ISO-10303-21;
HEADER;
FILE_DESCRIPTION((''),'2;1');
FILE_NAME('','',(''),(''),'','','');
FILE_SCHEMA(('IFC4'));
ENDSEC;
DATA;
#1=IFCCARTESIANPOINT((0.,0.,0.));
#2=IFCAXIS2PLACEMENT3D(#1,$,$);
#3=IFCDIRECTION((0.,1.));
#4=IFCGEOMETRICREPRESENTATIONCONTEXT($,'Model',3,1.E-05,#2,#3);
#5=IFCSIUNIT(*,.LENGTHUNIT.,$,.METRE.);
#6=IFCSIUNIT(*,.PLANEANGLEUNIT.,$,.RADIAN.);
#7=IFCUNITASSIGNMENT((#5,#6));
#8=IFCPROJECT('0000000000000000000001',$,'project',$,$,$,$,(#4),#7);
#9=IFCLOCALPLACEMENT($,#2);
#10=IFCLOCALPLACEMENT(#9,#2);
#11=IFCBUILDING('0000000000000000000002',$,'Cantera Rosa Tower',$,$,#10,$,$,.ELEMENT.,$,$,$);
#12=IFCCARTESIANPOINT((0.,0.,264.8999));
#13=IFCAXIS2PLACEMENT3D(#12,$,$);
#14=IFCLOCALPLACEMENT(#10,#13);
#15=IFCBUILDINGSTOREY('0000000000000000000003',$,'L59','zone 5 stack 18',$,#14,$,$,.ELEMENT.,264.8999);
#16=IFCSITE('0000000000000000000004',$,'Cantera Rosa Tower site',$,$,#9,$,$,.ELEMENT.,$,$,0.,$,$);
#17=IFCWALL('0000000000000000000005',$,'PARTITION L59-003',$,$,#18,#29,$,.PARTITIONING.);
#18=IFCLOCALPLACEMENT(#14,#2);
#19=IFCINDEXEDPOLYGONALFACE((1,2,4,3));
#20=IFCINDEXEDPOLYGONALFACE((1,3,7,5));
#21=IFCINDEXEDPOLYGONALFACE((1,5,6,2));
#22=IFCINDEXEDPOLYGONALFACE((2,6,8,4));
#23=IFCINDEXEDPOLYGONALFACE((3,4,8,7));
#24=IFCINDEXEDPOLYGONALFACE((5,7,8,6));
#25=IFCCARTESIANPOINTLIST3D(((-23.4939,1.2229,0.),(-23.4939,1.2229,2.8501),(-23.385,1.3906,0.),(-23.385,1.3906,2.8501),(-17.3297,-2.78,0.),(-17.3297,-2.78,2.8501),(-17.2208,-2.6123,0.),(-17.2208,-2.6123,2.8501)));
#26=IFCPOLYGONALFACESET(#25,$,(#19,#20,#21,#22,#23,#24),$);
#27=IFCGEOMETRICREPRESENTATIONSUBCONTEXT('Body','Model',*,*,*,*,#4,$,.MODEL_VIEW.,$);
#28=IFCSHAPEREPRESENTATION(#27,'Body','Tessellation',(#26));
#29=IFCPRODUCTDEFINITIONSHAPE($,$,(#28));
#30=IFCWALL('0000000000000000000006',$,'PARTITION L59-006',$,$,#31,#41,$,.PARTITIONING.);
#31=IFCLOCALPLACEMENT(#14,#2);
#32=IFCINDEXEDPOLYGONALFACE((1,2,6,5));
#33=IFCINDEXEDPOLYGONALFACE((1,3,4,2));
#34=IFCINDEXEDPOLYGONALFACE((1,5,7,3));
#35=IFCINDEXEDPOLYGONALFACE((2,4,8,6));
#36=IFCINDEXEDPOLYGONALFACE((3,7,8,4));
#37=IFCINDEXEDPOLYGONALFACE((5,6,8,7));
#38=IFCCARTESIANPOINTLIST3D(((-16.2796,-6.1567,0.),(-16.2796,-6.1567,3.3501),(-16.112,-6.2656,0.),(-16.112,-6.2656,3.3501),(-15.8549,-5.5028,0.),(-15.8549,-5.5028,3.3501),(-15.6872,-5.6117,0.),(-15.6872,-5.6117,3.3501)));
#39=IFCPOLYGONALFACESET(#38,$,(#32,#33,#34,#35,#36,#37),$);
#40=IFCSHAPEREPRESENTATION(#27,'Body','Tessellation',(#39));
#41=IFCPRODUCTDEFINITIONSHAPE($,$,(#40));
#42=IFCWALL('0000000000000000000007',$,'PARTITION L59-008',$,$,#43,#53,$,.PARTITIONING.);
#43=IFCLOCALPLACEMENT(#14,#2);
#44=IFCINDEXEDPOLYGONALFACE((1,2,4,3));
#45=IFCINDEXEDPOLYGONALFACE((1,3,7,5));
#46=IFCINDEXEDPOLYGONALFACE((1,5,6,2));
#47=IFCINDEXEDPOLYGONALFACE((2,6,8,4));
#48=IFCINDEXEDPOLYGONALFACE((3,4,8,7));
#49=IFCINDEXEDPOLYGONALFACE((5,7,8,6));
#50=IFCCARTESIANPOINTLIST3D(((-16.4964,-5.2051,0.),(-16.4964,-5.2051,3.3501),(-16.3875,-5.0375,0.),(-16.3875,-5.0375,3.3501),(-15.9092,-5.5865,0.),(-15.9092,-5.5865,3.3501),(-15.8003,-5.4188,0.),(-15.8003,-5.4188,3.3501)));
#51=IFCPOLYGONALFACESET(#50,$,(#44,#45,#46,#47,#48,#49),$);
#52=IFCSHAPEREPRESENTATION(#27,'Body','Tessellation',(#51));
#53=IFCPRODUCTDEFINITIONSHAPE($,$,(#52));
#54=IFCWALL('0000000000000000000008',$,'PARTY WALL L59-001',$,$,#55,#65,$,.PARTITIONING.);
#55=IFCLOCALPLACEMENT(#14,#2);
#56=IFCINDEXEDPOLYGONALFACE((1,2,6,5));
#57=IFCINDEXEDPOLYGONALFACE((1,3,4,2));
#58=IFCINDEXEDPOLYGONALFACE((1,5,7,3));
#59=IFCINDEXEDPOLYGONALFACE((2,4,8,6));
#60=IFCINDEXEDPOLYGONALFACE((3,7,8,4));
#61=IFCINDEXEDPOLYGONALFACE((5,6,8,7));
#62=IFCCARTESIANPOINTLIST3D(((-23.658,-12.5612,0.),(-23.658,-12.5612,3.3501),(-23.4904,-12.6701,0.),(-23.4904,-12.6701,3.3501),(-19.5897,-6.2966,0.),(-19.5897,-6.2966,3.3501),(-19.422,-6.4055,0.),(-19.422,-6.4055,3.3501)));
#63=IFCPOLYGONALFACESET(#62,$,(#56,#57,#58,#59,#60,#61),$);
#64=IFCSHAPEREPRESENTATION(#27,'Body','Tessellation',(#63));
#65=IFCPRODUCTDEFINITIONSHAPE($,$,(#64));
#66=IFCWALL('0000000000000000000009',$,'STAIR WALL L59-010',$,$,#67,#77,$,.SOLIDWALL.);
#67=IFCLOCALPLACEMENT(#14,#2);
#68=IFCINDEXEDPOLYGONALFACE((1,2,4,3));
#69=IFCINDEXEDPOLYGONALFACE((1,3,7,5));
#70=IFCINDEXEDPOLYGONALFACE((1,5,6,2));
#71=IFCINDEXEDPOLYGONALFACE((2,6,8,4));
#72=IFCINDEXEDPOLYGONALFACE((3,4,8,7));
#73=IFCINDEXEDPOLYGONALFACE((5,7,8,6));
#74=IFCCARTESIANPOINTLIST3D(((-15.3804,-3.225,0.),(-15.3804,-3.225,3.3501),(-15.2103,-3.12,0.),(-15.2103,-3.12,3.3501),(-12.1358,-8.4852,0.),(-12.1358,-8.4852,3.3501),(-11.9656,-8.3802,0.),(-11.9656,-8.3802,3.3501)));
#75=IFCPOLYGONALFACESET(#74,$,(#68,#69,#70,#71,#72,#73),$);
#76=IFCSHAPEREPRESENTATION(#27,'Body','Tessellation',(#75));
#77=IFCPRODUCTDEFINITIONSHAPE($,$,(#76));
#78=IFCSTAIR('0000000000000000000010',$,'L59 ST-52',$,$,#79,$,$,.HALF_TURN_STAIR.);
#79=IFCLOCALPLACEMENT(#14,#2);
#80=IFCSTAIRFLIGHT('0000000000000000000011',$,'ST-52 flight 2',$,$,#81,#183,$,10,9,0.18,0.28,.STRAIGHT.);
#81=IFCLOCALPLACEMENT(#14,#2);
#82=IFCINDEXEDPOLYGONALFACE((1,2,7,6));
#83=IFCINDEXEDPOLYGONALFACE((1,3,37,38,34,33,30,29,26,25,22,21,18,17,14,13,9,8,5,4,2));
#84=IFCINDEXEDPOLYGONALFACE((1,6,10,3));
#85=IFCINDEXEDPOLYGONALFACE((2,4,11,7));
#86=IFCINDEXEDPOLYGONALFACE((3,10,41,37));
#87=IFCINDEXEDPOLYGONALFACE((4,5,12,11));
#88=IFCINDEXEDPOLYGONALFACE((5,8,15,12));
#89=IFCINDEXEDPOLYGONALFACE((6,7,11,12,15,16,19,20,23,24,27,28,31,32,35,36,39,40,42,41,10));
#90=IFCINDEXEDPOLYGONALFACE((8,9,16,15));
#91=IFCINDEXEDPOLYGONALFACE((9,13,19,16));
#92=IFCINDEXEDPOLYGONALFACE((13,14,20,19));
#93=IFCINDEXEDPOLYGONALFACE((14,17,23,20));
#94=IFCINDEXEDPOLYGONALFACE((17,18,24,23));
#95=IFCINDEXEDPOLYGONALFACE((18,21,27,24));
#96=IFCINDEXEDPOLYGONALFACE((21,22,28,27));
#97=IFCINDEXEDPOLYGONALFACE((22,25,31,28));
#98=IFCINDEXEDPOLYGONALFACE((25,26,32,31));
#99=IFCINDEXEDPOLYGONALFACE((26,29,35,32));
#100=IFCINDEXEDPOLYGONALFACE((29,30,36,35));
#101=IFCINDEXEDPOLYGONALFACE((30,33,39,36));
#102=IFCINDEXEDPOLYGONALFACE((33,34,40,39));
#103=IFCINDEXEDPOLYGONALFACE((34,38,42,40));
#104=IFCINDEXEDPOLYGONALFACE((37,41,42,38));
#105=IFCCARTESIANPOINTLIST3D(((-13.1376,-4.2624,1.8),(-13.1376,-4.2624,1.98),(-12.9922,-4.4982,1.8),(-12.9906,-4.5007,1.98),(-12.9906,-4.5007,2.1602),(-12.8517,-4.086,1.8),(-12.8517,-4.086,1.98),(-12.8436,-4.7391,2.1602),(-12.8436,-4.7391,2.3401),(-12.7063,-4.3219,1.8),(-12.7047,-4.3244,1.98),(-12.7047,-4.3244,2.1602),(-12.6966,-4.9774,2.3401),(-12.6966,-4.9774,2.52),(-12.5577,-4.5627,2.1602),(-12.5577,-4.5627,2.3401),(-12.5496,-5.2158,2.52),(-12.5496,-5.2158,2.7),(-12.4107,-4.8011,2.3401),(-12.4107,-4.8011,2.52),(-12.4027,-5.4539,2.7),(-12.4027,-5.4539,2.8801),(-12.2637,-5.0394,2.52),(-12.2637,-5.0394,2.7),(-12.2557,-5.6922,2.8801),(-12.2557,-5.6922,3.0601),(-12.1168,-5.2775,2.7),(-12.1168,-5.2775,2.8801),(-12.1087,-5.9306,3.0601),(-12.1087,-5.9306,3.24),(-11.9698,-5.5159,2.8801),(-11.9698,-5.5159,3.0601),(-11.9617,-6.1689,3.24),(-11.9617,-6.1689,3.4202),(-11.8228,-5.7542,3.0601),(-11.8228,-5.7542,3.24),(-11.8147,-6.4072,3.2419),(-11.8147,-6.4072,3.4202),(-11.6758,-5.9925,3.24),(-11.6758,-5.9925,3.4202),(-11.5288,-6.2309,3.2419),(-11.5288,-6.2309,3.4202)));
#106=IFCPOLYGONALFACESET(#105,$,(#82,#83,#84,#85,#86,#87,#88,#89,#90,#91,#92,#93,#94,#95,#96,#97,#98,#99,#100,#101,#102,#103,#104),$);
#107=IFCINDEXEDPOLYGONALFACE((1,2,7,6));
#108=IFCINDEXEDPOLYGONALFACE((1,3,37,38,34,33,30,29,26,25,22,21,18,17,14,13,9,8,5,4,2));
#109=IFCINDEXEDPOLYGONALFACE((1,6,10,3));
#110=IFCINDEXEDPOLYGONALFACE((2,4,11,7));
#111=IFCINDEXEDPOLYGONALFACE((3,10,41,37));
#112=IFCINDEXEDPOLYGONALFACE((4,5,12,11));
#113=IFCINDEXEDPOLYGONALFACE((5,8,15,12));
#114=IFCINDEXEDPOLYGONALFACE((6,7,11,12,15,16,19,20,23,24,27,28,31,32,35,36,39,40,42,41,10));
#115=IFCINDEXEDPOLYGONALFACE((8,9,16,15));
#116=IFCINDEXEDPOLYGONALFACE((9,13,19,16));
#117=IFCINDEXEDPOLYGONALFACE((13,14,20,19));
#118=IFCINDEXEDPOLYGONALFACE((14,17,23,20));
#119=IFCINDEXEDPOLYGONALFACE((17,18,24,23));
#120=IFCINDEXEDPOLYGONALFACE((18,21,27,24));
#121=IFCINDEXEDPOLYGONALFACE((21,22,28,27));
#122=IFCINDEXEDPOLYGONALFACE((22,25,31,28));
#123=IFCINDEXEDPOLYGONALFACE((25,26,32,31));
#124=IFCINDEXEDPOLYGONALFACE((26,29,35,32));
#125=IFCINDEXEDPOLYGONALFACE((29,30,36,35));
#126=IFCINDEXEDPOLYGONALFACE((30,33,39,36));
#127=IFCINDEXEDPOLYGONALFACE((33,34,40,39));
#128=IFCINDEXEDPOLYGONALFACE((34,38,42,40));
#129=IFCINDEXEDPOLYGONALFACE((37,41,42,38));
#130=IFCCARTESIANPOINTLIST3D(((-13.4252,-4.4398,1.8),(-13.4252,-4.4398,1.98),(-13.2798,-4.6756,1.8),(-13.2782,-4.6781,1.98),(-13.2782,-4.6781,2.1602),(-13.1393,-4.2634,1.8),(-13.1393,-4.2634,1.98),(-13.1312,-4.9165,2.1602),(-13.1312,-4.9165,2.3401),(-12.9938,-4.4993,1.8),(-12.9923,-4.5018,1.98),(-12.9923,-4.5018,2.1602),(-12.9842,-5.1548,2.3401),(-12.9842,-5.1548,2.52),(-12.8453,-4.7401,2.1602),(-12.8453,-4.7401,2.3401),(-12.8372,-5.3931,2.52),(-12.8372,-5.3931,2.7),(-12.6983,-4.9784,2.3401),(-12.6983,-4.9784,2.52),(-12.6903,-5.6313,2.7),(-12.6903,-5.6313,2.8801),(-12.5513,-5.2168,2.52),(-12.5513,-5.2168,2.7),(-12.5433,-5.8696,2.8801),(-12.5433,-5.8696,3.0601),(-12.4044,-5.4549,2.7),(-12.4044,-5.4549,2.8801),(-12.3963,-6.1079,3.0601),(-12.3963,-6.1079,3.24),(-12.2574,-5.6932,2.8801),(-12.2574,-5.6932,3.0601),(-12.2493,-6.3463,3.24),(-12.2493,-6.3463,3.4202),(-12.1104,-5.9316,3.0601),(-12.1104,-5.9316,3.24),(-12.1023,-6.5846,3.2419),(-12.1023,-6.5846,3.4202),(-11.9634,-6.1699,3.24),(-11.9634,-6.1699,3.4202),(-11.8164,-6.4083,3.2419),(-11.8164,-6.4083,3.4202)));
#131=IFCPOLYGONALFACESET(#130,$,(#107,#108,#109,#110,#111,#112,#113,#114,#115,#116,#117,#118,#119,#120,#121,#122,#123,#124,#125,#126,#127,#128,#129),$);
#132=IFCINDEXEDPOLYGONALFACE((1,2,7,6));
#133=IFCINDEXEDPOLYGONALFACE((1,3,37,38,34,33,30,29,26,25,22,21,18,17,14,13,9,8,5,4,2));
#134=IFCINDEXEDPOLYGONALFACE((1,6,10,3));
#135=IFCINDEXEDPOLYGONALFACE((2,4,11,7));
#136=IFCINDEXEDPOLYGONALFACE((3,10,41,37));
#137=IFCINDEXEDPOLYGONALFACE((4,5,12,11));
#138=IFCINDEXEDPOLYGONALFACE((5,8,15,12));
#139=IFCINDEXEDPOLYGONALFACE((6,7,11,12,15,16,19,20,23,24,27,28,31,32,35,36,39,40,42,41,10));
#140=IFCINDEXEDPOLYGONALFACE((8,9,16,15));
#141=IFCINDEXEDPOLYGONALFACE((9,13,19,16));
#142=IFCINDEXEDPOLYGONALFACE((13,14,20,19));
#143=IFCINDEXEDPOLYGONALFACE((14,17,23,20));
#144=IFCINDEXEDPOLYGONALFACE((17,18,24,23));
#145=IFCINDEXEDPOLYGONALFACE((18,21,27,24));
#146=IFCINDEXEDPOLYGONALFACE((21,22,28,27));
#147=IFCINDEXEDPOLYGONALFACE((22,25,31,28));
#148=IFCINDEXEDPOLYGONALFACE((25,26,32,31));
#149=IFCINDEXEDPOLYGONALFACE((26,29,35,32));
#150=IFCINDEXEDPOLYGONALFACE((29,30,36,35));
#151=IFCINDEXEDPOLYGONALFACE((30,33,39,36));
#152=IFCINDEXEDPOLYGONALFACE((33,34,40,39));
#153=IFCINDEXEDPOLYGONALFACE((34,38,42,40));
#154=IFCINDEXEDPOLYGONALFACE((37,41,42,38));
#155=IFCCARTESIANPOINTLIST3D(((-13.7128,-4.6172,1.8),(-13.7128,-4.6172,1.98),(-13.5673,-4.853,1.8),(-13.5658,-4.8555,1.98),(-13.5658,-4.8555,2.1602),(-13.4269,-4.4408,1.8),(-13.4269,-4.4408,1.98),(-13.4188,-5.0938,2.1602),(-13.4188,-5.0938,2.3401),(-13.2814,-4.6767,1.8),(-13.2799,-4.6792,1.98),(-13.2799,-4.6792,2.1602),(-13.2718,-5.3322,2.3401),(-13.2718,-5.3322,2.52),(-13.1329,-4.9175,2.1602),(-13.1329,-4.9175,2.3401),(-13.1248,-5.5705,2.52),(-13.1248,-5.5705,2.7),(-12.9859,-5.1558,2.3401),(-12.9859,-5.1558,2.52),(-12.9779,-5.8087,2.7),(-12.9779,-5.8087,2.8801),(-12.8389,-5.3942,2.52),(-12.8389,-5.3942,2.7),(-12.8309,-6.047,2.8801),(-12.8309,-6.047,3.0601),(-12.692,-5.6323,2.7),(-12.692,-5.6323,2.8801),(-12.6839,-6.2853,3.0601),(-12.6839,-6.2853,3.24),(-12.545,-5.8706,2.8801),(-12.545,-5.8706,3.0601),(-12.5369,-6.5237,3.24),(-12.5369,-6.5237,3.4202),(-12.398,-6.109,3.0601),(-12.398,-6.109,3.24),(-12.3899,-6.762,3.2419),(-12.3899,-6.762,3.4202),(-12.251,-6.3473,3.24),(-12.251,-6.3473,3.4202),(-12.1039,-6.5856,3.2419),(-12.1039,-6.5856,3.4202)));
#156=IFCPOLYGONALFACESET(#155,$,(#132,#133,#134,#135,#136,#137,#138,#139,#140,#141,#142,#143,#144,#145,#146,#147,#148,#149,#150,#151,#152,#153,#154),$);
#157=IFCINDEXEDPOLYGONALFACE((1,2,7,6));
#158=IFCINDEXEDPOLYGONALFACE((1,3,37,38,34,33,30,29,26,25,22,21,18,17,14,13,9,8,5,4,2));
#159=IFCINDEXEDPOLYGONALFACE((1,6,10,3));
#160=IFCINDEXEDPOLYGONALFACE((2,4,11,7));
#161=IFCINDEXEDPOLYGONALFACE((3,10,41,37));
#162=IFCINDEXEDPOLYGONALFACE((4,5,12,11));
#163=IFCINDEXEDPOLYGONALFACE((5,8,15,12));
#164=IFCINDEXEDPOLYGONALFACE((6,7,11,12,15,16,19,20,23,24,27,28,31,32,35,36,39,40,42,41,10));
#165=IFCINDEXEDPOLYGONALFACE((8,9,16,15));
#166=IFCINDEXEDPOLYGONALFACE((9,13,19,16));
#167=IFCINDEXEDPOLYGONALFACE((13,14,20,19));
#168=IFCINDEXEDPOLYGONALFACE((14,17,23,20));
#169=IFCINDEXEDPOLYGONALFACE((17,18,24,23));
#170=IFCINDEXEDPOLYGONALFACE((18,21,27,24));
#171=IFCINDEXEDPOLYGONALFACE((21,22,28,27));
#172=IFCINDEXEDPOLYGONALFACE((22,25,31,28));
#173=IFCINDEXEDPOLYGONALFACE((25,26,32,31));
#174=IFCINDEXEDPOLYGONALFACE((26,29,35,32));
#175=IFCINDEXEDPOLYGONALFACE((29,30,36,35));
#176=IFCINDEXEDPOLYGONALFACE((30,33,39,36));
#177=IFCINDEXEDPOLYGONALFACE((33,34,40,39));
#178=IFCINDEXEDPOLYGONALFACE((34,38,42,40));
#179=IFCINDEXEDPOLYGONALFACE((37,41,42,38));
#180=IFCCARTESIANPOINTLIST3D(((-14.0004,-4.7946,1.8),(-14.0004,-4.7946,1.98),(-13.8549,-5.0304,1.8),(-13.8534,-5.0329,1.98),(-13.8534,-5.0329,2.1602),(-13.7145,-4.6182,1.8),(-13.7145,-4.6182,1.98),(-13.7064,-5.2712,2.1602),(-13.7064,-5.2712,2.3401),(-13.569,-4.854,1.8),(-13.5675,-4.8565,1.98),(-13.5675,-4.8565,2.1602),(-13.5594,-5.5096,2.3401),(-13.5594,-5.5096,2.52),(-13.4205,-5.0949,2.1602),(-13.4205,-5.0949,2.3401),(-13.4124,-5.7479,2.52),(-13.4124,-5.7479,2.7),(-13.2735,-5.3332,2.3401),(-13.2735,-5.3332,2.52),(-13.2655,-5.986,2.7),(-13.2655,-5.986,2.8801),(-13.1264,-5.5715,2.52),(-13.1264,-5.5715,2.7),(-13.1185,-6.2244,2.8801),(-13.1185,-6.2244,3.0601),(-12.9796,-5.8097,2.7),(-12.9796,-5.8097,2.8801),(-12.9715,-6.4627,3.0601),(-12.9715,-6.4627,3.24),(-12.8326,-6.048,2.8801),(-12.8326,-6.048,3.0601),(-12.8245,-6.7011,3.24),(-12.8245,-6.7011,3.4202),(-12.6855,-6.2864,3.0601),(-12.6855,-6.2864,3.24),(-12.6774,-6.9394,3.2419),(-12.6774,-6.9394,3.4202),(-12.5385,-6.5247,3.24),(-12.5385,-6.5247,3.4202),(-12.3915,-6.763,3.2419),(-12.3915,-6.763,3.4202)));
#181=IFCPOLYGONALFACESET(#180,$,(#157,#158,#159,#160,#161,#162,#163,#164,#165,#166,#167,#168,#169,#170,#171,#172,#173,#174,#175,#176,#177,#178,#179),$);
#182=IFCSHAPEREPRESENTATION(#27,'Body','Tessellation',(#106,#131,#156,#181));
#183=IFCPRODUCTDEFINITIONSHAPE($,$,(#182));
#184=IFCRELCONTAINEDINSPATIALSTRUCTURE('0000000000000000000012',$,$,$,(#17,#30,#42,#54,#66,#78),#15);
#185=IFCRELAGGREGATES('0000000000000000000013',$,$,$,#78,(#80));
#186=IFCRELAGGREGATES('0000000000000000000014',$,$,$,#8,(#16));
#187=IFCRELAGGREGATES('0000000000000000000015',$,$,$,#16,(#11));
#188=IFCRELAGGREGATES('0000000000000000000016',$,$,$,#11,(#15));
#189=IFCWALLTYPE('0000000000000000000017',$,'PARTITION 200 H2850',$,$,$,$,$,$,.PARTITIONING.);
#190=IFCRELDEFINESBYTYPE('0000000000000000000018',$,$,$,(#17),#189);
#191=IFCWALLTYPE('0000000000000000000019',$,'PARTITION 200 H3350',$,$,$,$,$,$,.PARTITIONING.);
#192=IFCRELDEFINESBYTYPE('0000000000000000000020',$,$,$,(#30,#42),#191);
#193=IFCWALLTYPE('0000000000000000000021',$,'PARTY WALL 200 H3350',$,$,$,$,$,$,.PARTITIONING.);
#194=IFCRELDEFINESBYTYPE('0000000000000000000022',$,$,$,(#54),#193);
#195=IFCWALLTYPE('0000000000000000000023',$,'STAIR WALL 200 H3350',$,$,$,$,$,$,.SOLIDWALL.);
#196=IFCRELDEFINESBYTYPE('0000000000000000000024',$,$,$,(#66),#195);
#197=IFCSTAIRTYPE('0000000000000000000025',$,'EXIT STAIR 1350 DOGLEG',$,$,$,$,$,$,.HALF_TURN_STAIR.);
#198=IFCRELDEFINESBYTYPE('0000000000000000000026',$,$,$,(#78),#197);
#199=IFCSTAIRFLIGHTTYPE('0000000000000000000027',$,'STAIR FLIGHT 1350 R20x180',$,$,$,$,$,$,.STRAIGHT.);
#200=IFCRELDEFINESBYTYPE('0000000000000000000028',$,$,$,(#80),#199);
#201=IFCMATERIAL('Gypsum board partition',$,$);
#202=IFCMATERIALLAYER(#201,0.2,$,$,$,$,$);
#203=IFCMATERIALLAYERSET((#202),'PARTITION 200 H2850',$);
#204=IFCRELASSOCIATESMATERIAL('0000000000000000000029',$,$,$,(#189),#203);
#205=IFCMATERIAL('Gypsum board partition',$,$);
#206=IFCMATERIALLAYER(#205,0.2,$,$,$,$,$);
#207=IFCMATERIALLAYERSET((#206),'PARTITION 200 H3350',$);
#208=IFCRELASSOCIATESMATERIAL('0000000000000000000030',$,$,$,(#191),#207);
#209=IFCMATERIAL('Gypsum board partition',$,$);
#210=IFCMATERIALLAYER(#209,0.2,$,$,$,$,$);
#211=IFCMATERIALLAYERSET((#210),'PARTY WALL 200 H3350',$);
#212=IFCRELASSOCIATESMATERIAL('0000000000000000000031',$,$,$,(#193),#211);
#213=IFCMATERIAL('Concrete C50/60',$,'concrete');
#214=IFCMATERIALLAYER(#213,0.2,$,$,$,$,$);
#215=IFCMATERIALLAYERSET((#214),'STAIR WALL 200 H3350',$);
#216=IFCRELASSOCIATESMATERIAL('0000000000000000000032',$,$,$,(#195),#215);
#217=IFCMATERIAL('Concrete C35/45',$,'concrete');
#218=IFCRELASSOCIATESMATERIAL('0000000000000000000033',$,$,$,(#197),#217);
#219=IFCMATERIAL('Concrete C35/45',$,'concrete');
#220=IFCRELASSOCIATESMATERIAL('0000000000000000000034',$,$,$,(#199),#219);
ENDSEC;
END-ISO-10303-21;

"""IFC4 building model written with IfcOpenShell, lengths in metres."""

from ifc_helpers import new_model, si_unit, direction, frame, frame_2d, origin, place, context, subcontext, project, spatial, polyline, rectangle, outline, extrude, material, layer, layer_set, type_object, element, aggregate, save


model = new_model("IFC4")

# Units and contexts
model_context = context("Model", 3, precision=1e-05, world=origin(), true_north=direction((0.0, 1.0)))
body_context = subcontext(model_context, "Body", "Model", "MODEL_VIEW")
ifc_project = project(units=[si_unit("LENGTHUNIT", "METRE"), si_unit("PLANEANGLEUNIT", "RADIAN")], contexts=[model_context])

# Site, building, storey
site_placement = place(None, origin())
site = spatial("IfcSite", under=ifc_project, at=site_placement, Name="Cantera Rosa Tower site", CompositionType="ELEMENT", RefElevation=0.0)
building_placement = place(site_placement, origin())
building = spatial("IfcBuilding", under=site, at=building_placement, Name="Cantera Rosa Tower", CompositionType="ELEMENT")
storey_placement = place(building_placement, frame((0.0, 0.0, 264.8999)))
storey = spatial("IfcBuildingStorey", under=building, at=storey_placement, Name="L59", Description="zone 5 stack 18", CompositionType="ELEMENT", Elevation=264.8999)

# Walls
ifc_material_1 = material(Name="Gypsum board partition")
ifc_layer_1 = layer(ifc_material_1, 0.2)
ifc_layer_set_1 = layer_set([ifc_layer_1], Name="PARTITION 200 H2850")
wall_type_1 = type_object("IfcWallType", Name="PARTITION 200 H2850", PredefinedType="PARTITIONING", material=ifc_layer_set_1)
wall_1_placement = place(storey_placement, frame((-17.2754, -2.696, 0.0), z_axis=(0.0, 0.0, 1.0), x_axis=(-0.838684, 0.544618, 0.0)))
element("IfcWall", 1, at=wall_1_placement, inside=storey, type_object=wall_type_1, Name="PARTITION L59-003", PredefinedType="PARTITIONING", context=body_context, shape_type="SweptSolid", body=[
    extrude(rectangle(XDim=7.3499, YDim=0.2, at=frame_2d((3.6748, 0.0))), origin(), (0.0, 0.0, 1.0), 2.8501),
])
ifc_material_2 = material(Name="Gypsum board partition")
ifc_layer_2 = layer(ifc_material_2, 0.2)
ifc_layer_set_2 = layer_set([ifc_layer_2], Name="PARTITION 200 H3350")
wall_type_2 = type_object("IfcWallType", Name="PARTITION 200 H3350", PredefinedType="PARTITIONING", material=ifc_layer_set_2)
wall_2_placement = place(storey_placement, frame((-16.1958, -6.2112, 0.0), z_axis=(0.0, 0.0, 1.0), x_axis=(0.544691, 0.838637, 0.0)))
element("IfcWall", 2, at=wall_2_placement, inside=storey, type_object=wall_type_2, Name="PARTITION L59-006", PredefinedType="PARTITIONING", context=body_context, shape_type="SweptSolid", body=[
    extrude(rectangle(XDim=0.7798, YDim=0.2, at=frame_2d((0.3899, 0.0))), origin(), (0.0, 0.0, 1.0), 3.3501),
])
wall_3_placement = place(storey_placement, frame((-15.8547, -5.5027, 0.0), z_axis=(0.0, 0.0, 1.0), x_axis=(-0.838643, 0.544682, 0.0)))
element("IfcWall", 3, at=wall_3_placement, inside=storey, type_object=wall_type_2, Name="PARTITION L59-008", PredefinedType="PARTITIONING", context=body_context, shape_type="SweptSolid", body=[
    extrude(rectangle(XDim=0.7002, YDim=0.2, at=frame_2d((0.3501, 0.0))), origin(), (0.0, 0.0, 1.0), 3.3501),
])
ifc_material_3 = material(Name="Gypsum board partition")
ifc_layer_3 = layer(ifc_material_3, 0.2)
ifc_layer_set_3 = layer_set([ifc_layer_3], Name="PARTY WALL 200 H3350")
wall_type_3 = type_object("IfcWallType", Name="PARTY WALL 200 H3350", PredefinedType="PARTITIONING", material=ifc_layer_set_3)
wall_4_placement = place(storey_placement, frame((-19.5059, -6.3511, 0.0), z_axis=(0.0, 0.0, 1.0), x_axis=(-0.544644, -0.838668, 0.0)))
element("IfcWall", 4, at=wall_4_placement, inside=storey, type_object=wall_type_3, Name="PARTY WALL L59-001", PredefinedType="PARTITIONING", context=body_context, shape_type="SweptSolid", body=[
    extrude(rectangle(XDim=7.4697, YDim=0.2, at=frame_2d((3.7349, 0.0))), origin(), (0.0, 0.0, 1.0), 3.3501),
])
ifc_material_4 = material(Name="Concrete C50/60", Category="concrete")
ifc_layer_4 = layer(ifc_material_4, 0.2)
ifc_layer_set_4 = layer_set([ifc_layer_4], Name="STAIR WALL 200 H3350")
wall_type_4 = type_object("IfcWallType", Name="STAIR WALL 200 H3350", PredefinedType="SOLIDWALL", material=ifc_layer_set_4)
wall_5_placement = place(storey_placement, frame((-15.2954, -3.1724, 0.0), z_axis=(0.0, 0.0, 1.0), x_axis=(0.524983, -0.851113, 0.0)))
element("IfcWall", 5, at=wall_5_placement, inside=storey, type_object=wall_type_4, Name="STAIR WALL L59-010", PredefinedType="SOLIDWALL", context=body_context, shape_type="SweptSolid", body=[
    extrude(rectangle(XDim=6.1804, YDim=0.2, at=frame_2d((3.0903, 0.0))), origin(), (0.0, 0.0, 1.0), 3.3501),
])

# Stair, stair flight
ifc_material_5 = material(Name="Concrete C35/45", Category="concrete")
stair_type = type_object("IfcStairType", Name="EXIT STAIR 1350 DOGLEG", PredefinedType="HALF_TURN_STAIR", material=ifc_material_5)
stair_placement = place(storey_placement, origin())
stair = element("IfcStair", 6, at=stair_placement, inside=storey, type_object=stair_type, Name="L59 ST-52", PredefinedType="HALF_TURN_STAIR")
ifc_material_6 = material(Name="Concrete C35/45", Category="concrete")
stair_flight_type = type_object("IfcStairFlightType", Name="STAIR FLIGHT 1350 R20x180", PredefinedType="STRAIGHT", material=ifc_material_6)
stair_flight_placement = place(storey_placement, frame((-13.4263, -4.4404, 1.8), z_axis=(0.0, 0.0, 1.0), x_axis=(0.524977, -0.851117, 0.0)))
stair_flight = element("IfcStairFlight", 7, at=stair_flight_placement, type_object=stair_flight_type, Name="ST-52 flight 2", NumberOfRisers=10, NumberOfTreads=9, PredefinedType="STRAIGHT", RiserHeight=0.18, TreadLength=0.28, context=body_context, shape_type="SweptSolid", body=[
    extrude(outline(polyline([(0.0, 0.0), (0.0, 0.1799), (0.28, 0.1799), (0.28, 0.3601), (0.5601, 0.3601), (0.5601, 0.54), (0.8401, 0.54), (0.8401, 0.72), (1.1201, 0.72), (1.1201, 0.8999), (1.3999, 0.8999), (1.3999, 1.0801), (1.6799, 1.0801), (1.6799, 1.26), (1.96, 1.26), (1.96, 1.4399), (2.24, 1.4399), (2.24, 1.6201), (2.52, 1.6201), (2.52, 1.8), (2.52, 1.4419), (0.2771, 0.0), (0.0, 0.0)])), frame((0.0, 0.675, 0.0), z_axis=(0.0, -1.0, 0.0), x_axis=(1.0, 0.0, 0.0)), (0.0, 0.0, 1.0), 0.3359),
    extrude(outline(polyline([(0.0, 0.0), (0.0, 0.1799), (0.28, 0.1799), (0.28, 0.3601), (0.5601, 0.3601), (0.5601, 0.54), (0.8401, 0.54), (0.8401, 0.72), (1.1201, 0.72), (1.1201, 0.8999), (1.3999, 0.8999), (1.3999, 1.0801), (1.6799, 1.0801), (1.6799, 1.26), (1.96, 1.26), (1.96, 1.4399), (2.24, 1.4399), (2.24, 1.6201), (2.52, 1.6201), (2.52, 1.8), (2.52, 1.4419), (0.2771, 0.0), (0.0, 0.0)])), frame((0.0, 0.3372, 0.0), z_axis=(0.0, -1.0, 0.0), x_axis=(1.0, 0.0, 0.0)), (0.0, 0.0, 1.0), 0.3359),
    extrude(outline(polyline([(0.0, 0.0), (0.0, 0.1799), (0.28, 0.1799), (0.28, 0.3601), (0.5601, 0.3601), (0.5601, 0.54), (0.8401, 0.54), (0.8401, 0.72), (1.1201, 0.72), (1.1201, 0.8999), (1.3999, 0.8999), (1.3999, 1.0801), (1.6799, 1.0801), (1.6799, 1.26), (1.96, 1.26), (1.96, 1.4399), (2.24, 1.4399), (2.24, 1.6201), (2.52, 1.6201), (2.52, 1.8), (2.52, 1.4419), (0.2771, 0.0), (0.0, 0.0)])), frame((0.0, -0.0007, 0.0), z_axis=(0.0, -1.0, 0.0), x_axis=(1.0, 0.0, 0.0)), (0.0, 0.0, 1.0), 0.3359),
    extrude(outline(polyline([(0.0, 0.0), (0.0, 0.1799), (0.28, 0.1799), (0.28, 0.3601), (0.5601, 0.3601), (0.5601, 0.54), (0.8401, 0.54), (0.8401, 0.72), (1.1201, 0.72), (1.1201, 0.8999), (1.3999, 0.8999), (1.3999, 1.0801), (1.6799, 1.0801), (1.6799, 1.26), (1.96, 1.26), (1.96, 1.4399), (2.24, 1.4399), (2.24, 1.6201), (2.52, 1.6201), (2.52, 1.8), (2.52, 1.4419), (0.2771, 0.0), (0.0, 0.0)])), frame((0.0, -0.3386, 0.0), z_axis=(0.0, -1.0, 0.0), x_axis=(1.0, 0.0, 0.0)), (0.0, 0.0, 1.0), 0.3359),
])
aggregate(stair, [stair_flight])

save(model, "model.ifc")
